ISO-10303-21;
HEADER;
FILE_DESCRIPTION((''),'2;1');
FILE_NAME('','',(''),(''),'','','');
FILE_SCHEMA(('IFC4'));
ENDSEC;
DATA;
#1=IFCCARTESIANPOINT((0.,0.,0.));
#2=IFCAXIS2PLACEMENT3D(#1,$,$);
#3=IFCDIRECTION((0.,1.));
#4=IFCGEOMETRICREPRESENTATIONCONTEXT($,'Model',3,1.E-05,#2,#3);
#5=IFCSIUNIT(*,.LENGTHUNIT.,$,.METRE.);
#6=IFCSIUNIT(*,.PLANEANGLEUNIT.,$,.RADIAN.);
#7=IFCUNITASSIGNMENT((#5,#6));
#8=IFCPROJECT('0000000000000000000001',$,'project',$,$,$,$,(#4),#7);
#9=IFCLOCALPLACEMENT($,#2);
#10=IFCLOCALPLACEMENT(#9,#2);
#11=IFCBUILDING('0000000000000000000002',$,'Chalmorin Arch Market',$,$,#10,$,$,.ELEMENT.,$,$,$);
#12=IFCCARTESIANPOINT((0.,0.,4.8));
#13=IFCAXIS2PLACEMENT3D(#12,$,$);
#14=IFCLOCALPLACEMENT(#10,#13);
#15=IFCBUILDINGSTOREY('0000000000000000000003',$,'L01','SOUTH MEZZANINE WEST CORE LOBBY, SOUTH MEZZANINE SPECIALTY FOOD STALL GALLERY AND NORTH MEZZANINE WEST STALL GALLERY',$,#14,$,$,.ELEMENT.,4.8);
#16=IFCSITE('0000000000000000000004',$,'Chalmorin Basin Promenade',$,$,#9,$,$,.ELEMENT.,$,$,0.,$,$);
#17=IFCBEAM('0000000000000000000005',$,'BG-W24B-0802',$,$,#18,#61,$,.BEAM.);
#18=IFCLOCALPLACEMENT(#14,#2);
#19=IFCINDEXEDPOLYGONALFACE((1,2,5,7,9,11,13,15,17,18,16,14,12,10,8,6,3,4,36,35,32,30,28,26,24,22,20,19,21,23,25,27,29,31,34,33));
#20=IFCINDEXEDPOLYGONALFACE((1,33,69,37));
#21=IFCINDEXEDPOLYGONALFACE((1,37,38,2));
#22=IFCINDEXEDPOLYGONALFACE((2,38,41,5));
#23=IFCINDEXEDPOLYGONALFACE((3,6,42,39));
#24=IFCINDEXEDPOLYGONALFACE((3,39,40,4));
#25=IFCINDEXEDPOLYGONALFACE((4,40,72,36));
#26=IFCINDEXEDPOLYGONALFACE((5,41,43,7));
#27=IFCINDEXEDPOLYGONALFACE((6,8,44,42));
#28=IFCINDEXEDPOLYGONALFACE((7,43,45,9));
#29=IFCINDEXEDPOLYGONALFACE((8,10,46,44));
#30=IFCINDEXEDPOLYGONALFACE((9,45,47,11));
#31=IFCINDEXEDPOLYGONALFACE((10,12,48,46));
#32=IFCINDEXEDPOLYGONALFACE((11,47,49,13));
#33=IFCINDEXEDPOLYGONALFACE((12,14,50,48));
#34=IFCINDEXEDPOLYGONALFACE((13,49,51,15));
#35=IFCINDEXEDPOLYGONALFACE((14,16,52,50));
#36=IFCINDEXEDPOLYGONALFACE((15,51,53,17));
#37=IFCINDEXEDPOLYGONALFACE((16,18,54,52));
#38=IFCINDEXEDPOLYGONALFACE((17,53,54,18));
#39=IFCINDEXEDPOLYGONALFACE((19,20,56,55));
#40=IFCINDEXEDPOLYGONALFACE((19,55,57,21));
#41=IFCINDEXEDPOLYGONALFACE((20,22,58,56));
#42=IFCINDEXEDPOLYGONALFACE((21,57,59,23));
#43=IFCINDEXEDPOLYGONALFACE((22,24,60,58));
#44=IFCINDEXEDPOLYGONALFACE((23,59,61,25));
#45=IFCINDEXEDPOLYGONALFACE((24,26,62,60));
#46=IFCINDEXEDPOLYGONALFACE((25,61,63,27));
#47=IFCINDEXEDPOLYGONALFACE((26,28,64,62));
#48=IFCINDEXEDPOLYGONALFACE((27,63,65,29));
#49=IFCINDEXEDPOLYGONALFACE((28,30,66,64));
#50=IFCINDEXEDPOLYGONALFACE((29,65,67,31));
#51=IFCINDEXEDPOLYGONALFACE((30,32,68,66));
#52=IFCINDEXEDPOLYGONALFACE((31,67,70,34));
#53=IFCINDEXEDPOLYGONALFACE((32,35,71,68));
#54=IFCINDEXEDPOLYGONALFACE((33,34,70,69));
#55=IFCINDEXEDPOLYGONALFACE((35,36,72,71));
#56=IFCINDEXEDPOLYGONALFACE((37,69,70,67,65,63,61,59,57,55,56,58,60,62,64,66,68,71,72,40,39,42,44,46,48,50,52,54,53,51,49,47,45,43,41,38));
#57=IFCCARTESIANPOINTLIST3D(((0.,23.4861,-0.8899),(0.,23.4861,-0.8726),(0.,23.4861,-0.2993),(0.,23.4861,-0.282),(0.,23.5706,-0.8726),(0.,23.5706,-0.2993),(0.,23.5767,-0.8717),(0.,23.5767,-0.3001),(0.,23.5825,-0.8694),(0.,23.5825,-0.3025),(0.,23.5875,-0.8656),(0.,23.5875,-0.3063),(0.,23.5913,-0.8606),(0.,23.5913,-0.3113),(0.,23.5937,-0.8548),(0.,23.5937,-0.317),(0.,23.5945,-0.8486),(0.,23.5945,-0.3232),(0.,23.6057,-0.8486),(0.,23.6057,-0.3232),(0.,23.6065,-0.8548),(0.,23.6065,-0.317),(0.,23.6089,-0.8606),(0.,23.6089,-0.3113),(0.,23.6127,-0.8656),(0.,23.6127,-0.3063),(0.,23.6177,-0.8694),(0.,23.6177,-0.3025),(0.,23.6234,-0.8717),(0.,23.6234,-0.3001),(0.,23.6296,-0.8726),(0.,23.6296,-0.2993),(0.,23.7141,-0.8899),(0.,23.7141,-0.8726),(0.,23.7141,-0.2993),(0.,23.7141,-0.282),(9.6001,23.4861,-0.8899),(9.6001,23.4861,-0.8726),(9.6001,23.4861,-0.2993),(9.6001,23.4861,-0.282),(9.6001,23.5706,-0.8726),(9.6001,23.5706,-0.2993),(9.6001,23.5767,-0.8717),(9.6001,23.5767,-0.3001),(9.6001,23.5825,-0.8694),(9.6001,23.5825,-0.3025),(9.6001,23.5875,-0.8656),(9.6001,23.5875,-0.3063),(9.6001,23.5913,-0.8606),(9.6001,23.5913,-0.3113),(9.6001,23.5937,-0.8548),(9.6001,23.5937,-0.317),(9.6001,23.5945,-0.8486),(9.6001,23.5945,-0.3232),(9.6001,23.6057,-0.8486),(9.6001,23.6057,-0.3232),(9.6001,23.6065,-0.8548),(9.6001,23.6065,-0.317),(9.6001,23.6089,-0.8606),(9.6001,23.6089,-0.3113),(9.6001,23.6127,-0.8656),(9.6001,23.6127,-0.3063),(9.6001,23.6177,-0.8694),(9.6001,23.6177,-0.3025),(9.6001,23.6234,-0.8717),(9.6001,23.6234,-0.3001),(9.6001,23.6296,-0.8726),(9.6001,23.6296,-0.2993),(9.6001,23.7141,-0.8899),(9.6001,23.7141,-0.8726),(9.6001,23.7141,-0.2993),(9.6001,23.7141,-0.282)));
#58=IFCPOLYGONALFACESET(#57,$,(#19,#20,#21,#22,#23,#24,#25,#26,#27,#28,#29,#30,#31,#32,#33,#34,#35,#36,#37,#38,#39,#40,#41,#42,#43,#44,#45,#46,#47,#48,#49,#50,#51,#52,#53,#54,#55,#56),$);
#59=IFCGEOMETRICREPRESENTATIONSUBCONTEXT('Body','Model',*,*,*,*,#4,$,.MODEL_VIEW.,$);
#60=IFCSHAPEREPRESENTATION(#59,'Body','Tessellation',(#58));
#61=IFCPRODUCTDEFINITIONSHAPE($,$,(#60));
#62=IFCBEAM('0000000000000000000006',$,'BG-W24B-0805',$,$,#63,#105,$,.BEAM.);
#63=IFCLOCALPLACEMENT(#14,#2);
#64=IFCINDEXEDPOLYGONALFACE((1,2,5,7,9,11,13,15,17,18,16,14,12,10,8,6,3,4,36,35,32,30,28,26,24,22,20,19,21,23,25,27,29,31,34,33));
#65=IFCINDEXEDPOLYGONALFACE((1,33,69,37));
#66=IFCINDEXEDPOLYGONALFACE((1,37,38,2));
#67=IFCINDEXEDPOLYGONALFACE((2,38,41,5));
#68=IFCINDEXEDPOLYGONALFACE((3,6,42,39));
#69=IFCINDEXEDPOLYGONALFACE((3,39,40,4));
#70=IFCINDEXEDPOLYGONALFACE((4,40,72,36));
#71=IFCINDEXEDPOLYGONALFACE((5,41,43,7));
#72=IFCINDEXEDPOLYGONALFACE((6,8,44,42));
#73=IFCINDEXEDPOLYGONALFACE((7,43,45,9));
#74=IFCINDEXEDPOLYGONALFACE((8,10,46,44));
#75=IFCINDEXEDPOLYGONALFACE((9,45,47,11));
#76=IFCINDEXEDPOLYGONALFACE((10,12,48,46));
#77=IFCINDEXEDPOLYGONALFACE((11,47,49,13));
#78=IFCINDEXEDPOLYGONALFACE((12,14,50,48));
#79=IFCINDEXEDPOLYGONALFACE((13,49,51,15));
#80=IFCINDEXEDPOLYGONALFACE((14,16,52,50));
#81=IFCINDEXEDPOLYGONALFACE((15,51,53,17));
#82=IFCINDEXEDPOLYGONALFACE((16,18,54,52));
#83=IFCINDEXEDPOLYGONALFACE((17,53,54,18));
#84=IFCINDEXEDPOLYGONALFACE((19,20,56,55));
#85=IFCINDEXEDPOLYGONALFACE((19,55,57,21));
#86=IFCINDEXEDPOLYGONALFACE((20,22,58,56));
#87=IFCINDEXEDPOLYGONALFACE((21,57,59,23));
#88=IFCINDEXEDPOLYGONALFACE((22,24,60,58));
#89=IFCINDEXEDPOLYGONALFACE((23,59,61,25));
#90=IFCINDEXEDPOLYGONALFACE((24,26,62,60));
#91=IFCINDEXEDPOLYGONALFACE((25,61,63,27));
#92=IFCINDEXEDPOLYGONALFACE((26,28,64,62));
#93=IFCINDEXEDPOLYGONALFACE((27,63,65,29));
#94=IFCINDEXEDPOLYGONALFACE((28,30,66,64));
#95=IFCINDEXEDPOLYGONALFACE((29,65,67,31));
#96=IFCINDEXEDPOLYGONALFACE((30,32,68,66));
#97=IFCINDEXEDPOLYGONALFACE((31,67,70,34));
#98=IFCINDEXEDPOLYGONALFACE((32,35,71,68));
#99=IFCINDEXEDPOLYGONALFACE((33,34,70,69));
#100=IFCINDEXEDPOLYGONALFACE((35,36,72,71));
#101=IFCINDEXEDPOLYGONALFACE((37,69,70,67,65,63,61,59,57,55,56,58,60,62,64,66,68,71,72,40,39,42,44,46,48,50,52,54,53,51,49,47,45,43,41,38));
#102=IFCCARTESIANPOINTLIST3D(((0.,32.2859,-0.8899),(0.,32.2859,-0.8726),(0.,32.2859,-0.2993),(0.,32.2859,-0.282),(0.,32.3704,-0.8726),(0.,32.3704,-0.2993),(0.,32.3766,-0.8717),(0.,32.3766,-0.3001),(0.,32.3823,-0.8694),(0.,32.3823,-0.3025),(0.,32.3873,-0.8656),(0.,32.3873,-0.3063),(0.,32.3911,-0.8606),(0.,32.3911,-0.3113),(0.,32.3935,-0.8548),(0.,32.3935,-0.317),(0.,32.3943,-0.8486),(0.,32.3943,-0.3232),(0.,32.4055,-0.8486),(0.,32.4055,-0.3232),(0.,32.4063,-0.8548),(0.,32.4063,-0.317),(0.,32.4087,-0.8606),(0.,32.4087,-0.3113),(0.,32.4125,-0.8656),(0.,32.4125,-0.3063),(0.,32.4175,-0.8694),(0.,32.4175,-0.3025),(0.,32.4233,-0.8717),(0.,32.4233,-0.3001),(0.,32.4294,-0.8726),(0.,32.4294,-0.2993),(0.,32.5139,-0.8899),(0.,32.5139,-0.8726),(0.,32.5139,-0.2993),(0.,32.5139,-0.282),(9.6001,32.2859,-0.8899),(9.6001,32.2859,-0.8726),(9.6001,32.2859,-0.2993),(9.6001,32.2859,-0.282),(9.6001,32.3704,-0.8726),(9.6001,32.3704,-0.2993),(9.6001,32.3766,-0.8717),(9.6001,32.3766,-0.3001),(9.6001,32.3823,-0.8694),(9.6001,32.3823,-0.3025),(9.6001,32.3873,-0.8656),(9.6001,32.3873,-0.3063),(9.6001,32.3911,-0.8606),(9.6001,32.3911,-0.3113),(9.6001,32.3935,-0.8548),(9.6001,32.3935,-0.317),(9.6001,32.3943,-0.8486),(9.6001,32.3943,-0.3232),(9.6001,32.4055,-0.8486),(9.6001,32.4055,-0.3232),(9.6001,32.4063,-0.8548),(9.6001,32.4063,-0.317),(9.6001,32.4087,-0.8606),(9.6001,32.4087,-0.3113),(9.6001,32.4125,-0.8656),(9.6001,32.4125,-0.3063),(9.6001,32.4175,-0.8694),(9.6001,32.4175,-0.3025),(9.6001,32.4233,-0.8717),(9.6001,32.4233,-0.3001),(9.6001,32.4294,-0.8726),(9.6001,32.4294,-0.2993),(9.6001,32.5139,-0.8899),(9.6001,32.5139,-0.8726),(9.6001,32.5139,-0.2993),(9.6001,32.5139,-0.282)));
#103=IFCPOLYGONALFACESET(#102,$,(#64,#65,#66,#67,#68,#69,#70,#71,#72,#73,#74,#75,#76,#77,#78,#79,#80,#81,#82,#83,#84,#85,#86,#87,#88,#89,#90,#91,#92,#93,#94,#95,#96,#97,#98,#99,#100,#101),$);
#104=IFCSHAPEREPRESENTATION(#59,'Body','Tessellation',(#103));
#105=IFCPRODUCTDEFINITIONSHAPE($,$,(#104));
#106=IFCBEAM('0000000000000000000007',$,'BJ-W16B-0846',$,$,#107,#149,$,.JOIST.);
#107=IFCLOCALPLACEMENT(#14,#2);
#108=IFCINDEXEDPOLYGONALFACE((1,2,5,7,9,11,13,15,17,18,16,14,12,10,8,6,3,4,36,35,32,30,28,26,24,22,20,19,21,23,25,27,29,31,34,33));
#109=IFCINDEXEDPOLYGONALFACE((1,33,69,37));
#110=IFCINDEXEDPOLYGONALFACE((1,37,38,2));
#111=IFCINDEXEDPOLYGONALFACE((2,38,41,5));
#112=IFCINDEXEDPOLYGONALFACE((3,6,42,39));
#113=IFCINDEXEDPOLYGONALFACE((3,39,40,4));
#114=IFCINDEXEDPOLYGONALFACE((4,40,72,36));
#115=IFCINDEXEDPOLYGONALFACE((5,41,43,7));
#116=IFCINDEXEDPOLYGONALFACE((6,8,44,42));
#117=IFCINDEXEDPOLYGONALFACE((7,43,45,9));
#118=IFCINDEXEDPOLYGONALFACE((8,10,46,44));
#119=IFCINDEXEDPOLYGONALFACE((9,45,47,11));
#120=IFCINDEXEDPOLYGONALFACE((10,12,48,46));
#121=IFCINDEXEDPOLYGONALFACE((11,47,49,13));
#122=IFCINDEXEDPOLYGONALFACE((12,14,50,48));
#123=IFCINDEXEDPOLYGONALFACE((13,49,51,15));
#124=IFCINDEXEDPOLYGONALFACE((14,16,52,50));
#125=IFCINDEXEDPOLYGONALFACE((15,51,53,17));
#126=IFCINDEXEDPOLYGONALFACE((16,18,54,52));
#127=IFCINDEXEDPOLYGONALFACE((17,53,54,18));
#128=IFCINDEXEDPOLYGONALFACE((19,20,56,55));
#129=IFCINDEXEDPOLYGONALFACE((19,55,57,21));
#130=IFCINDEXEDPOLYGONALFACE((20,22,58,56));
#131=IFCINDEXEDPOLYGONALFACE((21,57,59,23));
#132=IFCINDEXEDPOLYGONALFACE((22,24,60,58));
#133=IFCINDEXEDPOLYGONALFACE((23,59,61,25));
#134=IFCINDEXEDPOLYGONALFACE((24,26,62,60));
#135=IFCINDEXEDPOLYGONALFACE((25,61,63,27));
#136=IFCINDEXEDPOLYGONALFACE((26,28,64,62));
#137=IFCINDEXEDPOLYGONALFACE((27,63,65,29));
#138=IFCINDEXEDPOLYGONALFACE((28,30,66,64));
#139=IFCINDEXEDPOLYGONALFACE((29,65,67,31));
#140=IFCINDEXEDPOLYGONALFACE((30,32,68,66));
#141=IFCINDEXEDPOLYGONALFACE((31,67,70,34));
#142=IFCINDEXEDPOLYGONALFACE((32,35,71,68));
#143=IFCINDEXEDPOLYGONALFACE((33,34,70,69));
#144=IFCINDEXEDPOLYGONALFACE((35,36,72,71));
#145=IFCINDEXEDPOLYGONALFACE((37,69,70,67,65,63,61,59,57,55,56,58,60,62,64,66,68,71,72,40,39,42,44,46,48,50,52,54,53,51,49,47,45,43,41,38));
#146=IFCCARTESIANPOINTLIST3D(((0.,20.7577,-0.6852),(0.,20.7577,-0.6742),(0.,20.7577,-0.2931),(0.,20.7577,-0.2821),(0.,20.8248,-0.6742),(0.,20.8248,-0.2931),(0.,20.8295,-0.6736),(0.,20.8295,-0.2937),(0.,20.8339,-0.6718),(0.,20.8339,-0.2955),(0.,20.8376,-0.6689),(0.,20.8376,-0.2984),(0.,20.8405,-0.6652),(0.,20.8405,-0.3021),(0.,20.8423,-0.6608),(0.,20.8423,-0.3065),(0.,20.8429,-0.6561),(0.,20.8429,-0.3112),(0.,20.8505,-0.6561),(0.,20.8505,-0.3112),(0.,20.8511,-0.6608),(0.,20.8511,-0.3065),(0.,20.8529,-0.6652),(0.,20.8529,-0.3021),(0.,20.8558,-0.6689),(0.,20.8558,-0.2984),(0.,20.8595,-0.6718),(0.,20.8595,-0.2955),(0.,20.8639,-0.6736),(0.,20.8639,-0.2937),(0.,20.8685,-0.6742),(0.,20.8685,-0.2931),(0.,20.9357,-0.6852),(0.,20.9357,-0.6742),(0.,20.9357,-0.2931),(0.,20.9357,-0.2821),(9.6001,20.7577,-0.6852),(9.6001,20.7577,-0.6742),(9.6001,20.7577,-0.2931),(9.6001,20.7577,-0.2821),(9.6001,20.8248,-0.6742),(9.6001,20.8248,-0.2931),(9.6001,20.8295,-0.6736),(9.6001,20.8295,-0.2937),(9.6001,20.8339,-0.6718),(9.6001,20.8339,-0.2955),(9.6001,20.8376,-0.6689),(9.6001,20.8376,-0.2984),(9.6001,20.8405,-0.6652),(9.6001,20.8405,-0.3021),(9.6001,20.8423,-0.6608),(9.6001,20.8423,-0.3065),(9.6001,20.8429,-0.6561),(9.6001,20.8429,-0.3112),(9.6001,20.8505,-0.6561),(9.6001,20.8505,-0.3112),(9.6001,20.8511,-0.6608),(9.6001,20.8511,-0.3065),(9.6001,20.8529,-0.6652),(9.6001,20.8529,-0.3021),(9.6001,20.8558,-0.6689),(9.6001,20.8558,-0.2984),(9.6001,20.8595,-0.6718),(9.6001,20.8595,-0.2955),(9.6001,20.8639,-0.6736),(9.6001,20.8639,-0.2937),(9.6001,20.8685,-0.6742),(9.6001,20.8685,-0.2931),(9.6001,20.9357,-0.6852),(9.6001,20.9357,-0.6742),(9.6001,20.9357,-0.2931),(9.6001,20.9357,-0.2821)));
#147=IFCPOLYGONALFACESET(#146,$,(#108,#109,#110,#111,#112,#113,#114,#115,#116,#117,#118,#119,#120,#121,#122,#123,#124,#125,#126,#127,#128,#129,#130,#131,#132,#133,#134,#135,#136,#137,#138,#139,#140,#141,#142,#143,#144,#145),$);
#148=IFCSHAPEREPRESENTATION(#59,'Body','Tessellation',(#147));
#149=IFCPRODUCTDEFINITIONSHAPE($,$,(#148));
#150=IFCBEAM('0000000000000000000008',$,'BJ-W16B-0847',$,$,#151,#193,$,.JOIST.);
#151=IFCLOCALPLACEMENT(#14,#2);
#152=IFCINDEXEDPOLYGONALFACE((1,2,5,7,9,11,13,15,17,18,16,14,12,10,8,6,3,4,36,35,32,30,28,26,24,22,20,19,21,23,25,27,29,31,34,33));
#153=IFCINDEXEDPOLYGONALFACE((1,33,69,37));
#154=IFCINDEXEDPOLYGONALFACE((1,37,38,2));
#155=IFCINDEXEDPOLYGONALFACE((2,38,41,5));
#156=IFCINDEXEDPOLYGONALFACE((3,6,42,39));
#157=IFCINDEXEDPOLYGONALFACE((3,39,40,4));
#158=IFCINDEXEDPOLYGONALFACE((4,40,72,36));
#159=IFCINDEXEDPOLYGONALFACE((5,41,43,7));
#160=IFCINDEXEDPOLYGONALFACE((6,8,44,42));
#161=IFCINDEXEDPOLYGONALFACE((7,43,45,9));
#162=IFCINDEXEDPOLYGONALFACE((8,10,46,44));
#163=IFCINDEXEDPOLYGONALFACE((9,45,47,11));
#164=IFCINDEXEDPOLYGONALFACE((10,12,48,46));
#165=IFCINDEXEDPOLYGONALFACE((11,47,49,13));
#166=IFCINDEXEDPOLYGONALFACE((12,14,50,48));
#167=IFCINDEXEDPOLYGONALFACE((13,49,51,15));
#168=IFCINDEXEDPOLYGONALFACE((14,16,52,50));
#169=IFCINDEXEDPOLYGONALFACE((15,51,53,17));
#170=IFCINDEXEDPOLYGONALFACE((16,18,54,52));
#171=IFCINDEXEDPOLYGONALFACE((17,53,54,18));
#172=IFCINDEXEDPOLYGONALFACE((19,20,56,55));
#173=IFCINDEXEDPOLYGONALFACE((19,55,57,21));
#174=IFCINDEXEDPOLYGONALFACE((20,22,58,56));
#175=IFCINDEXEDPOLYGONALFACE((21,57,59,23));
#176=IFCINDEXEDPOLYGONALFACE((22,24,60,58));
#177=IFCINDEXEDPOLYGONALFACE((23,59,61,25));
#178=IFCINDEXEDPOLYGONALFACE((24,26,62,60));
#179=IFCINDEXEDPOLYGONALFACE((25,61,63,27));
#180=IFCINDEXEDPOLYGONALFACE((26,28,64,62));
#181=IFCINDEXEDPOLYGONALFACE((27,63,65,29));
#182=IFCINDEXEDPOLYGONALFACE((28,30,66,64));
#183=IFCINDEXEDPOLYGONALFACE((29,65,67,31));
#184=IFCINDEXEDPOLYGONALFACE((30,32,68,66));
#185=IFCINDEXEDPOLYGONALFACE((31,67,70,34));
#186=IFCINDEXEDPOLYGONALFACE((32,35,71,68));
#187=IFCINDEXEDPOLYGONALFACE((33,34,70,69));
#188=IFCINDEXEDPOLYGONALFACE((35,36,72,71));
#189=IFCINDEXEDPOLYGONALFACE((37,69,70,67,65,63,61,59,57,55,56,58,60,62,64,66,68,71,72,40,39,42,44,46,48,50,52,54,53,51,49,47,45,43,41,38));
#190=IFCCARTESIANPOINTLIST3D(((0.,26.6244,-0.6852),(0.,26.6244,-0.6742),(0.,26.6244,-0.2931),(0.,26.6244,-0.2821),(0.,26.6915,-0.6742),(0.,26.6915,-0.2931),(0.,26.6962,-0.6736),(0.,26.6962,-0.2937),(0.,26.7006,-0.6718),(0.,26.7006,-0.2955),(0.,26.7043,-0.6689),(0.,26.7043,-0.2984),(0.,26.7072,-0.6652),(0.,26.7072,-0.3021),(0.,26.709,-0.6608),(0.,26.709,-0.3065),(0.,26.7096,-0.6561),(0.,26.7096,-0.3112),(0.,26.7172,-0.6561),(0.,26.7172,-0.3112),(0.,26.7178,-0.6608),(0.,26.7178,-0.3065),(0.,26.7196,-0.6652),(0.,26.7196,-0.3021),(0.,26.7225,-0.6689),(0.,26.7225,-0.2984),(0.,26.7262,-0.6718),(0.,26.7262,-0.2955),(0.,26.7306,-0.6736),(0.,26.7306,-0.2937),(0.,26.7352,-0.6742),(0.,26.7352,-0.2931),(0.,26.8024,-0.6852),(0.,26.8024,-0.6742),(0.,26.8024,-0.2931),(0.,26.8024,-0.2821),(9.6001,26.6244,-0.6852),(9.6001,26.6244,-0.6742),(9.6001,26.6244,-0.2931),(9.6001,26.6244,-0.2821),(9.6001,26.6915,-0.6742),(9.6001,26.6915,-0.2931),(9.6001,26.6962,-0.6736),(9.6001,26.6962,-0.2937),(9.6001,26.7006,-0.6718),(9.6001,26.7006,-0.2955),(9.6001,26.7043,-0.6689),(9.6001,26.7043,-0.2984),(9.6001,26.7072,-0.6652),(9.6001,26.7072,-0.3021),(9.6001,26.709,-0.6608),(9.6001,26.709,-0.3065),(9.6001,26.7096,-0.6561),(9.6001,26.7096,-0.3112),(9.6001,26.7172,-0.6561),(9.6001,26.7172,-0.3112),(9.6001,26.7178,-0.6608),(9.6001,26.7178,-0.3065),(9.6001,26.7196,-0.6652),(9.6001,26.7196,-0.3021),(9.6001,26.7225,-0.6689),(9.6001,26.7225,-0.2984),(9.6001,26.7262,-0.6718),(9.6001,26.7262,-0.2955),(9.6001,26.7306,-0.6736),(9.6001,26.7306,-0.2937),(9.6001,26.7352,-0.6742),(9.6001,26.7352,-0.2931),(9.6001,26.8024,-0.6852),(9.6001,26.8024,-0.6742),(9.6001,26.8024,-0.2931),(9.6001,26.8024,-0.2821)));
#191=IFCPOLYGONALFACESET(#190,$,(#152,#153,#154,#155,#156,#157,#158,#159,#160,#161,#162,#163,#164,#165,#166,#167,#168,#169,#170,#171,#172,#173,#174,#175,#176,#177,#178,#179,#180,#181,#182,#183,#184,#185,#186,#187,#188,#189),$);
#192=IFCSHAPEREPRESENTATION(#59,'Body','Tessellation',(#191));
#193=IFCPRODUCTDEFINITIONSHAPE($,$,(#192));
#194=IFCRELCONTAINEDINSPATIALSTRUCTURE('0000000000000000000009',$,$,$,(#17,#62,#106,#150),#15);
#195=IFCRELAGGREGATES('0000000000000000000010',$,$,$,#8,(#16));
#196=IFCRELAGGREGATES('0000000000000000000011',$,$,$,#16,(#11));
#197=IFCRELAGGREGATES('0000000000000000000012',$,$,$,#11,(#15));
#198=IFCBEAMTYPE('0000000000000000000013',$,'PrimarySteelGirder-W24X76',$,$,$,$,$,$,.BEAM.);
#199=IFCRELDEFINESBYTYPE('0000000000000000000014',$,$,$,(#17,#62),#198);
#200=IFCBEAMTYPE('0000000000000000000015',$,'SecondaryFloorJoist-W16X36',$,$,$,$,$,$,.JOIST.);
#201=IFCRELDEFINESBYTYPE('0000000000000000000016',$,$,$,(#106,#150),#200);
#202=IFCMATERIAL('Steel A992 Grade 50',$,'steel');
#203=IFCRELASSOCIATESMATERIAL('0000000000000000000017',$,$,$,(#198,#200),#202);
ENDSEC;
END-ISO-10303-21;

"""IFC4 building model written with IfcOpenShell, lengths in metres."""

from ifc_helpers import new_model, si_unit, direction, frame, origin, origin_2d, place, context, subcontext, project, spatial, i_section, extrude, material, material_profile, profile_set, type_object, element, save


model = new_model("IFC4")

# Units and contexts
model_context = context("Model", 3, precision=1e-05, world=origin(), true_north=direction((0.0, 1.0)))
body_context = subcontext(model_context, "Body", "Model", "MODEL_VIEW")
ifc_project = project(units=[si_unit("LENGTHUNIT", "METRE"), si_unit("PLANEANGLEUNIT", "RADIAN")], contexts=[model_context])

# Site, building, storey
site_placement = place(None, origin())
site = spatial("IfcSite", under=ifc_project, at=site_placement, Name="Chalmorin Basin Promenade", CompositionType="ELEMENT", RefElevation=0.0)
building_placement = place(site_placement, origin())
building = spatial("IfcBuilding", under=site, at=building_placement, Name="Chalmorin Arch Market", CompositionType="ELEMENT")
storey_placement = place(building_placement, frame((0.0, 0.0, 4.8)))
storey = spatial("IfcBuildingStorey", under=building, at=storey_placement, Name="L01", Description="SOUTH MEZZANINE WEST CORE LOBBY, SOUTH MEZZANINE SPECIALTY FOOD STALL GALLERY AND NORTH MEZZANINE WEST STALL GALLERY", CompositionType="ELEMENT", Elevation=4.8)

# Beams
ifc_material_1 = material(Name="Steel A992 Grade 50", Category="steel")
ifc_material_profile_1 = material_profile(ifc_material_1, i_section(OverallWidth=0.228, OverallDepth=0.6079, WebThickness=0.0112, FlangeThickness=0.0173, FilletRadius=0.0239, at=origin_2d()), Name="W24X76")
ifc_profile_set_1 = profile_set([ifc_material_profile_1], Name="Steel A992 Grade 50")
beam_type_1 = type_object("IfcBeamType", Name="PrimarySteelGirder-W24X76", PredefinedType="BEAM", material=ifc_profile_set_1)
for number, where, z_axis, x_axis, name in (
    (1, (0.0, 23.6001, -0.5859), (1.0, 0.0, 0.0), (0.0, 1.0, 0.0), "BG-W24B-0802"),
    (2, (0.0, 32.3999, -0.5859), (1.0, 0.0, 0.0), (0.0, 1.0, 0.0), "BG-W24B-0805"),
):
    element("IfcBeam", number, at=place(storey_placement, frame(where, z_axis=z_axis, x_axis=x_axis)), inside=storey, type_object=beam_type_1, Name=name, PredefinedType="BEAM", context=body_context, shape_type="SweptSolid", body=[
        extrude(i_section(OverallWidth=0.228, OverallDepth=0.6079, WebThickness=0.0112, FlangeThickness=0.0173, FilletRadius=0.0239, at=origin_2d()), origin(), (0.0, 0.0, 1.0), 9.6001),
    ])
ifc_material_profile_2 = material_profile(ifc_material_1, i_section(OverallWidth=0.178, OverallDepth=0.4031, WebThickness=0.0076, FlangeThickness=0.011, FilletRadius=0.0181, at=origin_2d()), Name="W16X36")
ifc_profile_set_2 = profile_set([ifc_material_profile_2], Name="Steel A992 Grade 50")
beam_type_2 = type_object("IfcBeamType", Name="SecondaryFloorJoist-W16X36", PredefinedType="JOIST", material=ifc_profile_set_2)
for number, where, z_axis, x_axis, name in (
    (3, (0.0, 20.8467, -0.4836), (1.0, 0.0, 0.0), (0.0, 1.0, 0.0), "BJ-W16B-0846"),
    (4, (0.0, 26.7134, -0.4836), (1.0, 0.0, 0.0), (0.0, 1.0, 0.0), "BJ-W16B-0847"),
):
    element("IfcBeam", number, at=place(storey_placement, frame(where, z_axis=z_axis, x_axis=x_axis)), inside=storey, type_object=beam_type_2, Name=name, PredefinedType="JOIST", context=body_context, shape_type="SweptSolid", body=[
        extrude(i_section(OverallWidth=0.178, OverallDepth=0.4031, WebThickness=0.0076, FlangeThickness=0.011, FilletRadius=0.0181, at=origin_2d()), origin(), (0.0, 0.0, 1.0), 9.6001),
    ])

save(model, "model.ifc")
